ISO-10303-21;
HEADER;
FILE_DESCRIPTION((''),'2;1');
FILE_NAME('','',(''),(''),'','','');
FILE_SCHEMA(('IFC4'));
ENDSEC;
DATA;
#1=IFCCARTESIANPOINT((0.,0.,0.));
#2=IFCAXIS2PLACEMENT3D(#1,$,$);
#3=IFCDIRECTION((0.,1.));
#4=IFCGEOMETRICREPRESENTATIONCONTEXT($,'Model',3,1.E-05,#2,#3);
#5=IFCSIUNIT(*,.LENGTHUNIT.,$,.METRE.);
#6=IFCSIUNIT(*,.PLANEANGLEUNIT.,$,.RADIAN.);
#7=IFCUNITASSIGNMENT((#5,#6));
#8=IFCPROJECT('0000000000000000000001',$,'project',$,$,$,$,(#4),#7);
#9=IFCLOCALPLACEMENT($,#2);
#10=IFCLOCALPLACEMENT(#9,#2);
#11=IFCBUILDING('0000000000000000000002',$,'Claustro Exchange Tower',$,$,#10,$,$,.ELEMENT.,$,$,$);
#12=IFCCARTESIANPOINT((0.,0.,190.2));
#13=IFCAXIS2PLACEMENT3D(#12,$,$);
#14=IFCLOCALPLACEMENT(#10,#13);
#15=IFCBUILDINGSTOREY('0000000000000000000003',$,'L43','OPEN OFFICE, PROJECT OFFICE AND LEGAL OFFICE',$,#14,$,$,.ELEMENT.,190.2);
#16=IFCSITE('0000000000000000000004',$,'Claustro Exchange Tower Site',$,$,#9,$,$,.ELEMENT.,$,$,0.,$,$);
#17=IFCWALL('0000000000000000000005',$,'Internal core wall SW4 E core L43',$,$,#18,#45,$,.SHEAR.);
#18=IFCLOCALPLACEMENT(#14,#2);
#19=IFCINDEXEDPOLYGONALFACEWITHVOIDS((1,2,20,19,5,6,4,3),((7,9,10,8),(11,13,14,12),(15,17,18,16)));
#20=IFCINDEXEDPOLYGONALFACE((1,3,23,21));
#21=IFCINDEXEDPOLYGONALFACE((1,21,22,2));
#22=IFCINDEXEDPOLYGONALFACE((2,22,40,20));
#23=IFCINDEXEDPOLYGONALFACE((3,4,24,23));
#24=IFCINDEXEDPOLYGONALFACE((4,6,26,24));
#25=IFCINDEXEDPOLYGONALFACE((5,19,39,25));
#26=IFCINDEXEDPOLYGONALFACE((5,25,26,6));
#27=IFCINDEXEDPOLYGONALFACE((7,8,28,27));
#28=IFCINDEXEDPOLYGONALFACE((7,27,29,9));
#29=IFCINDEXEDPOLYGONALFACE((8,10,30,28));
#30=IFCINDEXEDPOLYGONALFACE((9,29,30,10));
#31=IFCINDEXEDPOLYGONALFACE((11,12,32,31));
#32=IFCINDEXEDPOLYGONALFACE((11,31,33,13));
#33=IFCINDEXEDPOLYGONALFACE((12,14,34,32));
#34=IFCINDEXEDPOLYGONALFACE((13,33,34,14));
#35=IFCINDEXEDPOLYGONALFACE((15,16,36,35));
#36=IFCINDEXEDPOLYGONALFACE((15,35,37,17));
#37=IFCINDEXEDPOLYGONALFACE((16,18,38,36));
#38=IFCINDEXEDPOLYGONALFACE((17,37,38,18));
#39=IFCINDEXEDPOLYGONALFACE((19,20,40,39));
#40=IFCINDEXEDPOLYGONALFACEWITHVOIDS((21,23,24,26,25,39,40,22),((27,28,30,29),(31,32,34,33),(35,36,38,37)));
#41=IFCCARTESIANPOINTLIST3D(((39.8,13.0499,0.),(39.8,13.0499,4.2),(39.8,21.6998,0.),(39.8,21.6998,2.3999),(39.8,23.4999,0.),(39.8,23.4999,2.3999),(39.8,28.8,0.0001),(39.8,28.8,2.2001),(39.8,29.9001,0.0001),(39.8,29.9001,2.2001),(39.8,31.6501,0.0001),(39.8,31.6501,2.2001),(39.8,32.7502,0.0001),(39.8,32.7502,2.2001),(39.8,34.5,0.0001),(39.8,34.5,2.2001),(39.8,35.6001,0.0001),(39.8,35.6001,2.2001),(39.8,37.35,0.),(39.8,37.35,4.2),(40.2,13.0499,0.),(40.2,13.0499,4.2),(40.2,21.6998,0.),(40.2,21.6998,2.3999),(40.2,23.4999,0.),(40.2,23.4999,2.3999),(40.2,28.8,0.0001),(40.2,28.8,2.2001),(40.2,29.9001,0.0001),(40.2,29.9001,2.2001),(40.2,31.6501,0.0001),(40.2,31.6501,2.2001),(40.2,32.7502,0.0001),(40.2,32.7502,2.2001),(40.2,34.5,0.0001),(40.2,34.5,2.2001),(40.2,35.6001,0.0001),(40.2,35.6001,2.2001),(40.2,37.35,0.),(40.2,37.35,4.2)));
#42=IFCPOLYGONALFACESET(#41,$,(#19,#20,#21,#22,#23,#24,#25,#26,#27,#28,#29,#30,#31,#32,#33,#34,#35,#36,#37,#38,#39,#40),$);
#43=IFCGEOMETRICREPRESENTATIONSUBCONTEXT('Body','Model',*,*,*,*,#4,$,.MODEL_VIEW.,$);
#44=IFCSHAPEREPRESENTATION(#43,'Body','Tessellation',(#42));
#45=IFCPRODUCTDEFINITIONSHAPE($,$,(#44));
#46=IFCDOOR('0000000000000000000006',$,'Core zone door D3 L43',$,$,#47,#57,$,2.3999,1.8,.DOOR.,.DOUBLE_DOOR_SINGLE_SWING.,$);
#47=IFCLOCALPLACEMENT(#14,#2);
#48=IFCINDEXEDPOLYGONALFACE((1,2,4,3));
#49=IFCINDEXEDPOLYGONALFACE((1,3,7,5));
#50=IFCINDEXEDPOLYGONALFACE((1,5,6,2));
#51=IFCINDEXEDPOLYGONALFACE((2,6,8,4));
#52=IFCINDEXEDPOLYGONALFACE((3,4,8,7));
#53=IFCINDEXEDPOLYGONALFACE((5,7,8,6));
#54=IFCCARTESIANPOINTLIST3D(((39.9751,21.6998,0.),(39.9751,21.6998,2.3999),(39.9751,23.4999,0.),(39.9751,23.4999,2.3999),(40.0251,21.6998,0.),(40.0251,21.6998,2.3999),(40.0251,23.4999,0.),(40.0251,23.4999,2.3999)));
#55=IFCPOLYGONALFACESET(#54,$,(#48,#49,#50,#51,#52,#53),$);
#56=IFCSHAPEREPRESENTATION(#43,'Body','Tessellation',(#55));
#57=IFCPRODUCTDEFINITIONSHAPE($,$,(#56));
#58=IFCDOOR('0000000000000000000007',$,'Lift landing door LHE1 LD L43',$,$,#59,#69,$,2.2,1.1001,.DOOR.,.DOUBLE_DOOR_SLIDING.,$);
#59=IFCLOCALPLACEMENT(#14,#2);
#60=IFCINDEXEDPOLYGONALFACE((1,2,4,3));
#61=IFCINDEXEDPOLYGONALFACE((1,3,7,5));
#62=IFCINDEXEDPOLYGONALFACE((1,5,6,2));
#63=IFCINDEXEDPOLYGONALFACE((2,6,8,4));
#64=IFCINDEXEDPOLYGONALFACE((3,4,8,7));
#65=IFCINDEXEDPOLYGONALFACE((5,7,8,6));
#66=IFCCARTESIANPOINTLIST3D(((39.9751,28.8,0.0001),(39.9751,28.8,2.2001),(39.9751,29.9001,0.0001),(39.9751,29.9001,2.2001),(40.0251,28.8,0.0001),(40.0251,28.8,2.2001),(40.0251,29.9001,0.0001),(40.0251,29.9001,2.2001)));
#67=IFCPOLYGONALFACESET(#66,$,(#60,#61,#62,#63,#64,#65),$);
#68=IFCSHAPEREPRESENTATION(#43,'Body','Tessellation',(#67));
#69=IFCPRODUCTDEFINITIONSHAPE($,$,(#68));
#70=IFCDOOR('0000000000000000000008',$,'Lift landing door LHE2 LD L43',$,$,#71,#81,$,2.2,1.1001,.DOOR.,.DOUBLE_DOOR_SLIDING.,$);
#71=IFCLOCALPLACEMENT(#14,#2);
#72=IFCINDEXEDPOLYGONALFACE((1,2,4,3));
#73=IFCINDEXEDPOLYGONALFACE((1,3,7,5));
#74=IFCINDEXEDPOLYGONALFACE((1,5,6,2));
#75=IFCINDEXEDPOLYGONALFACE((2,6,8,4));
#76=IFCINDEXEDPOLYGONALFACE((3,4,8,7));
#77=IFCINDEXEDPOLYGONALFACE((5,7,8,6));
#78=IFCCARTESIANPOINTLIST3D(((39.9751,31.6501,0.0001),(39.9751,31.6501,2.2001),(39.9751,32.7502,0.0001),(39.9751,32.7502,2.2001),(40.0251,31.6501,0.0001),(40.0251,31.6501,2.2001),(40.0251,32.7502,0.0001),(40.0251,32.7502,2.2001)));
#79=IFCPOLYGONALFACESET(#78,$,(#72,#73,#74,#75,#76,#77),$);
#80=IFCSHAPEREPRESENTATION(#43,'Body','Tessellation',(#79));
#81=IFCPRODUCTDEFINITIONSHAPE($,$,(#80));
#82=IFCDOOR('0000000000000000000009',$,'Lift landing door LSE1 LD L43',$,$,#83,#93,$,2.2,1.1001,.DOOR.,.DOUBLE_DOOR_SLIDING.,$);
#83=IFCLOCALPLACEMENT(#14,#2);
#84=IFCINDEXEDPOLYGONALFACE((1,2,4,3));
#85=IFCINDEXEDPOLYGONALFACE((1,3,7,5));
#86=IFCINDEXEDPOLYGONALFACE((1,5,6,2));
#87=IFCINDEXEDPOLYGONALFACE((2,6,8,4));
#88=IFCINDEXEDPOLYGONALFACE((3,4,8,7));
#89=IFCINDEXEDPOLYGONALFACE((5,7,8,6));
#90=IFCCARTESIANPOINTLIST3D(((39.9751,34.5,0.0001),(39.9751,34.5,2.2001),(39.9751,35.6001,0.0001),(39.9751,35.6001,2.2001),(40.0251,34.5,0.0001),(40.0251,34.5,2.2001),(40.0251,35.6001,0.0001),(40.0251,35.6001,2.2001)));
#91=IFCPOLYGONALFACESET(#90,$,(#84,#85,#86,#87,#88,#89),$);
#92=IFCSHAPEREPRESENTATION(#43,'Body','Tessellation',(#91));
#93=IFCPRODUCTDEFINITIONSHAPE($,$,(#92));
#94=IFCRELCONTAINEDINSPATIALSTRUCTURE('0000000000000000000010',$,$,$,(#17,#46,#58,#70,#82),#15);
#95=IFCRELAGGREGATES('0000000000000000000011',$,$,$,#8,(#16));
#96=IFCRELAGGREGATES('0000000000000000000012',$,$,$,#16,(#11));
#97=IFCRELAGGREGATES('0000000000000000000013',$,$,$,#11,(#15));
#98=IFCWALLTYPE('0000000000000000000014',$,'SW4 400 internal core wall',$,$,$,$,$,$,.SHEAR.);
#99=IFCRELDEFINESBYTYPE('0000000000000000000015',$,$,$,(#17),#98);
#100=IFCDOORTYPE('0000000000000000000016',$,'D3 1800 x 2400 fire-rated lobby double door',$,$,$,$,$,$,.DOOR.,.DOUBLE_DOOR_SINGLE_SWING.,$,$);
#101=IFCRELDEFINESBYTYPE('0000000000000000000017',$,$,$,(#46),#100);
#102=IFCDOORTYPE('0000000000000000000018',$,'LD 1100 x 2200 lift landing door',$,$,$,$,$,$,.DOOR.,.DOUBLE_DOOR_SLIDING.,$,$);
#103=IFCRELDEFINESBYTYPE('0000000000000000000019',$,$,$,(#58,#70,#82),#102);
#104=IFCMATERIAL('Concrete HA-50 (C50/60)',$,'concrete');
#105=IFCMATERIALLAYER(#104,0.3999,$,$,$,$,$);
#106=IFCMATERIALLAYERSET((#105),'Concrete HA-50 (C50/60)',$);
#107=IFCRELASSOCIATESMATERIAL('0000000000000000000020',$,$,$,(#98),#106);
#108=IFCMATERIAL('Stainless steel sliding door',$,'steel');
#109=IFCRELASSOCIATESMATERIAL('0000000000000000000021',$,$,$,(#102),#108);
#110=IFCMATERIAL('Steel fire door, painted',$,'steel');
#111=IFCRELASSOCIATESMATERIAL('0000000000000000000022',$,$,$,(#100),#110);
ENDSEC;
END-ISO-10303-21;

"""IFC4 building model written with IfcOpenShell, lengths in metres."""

from ifc_helpers import new_model, si_unit, direction, frame, frame_2d, origin, place, context, subcontext, project, spatial, rectangle, extrude, material, layer, layer_set, type_object, element, fill, save


model = new_model("IFC4")

# Units and contexts
model_context = context("Model", 3, precision=1e-05, world=origin(), true_north=direction((0.0, 1.0)))
body_context = subcontext(model_context, "Body", "Model", "MODEL_VIEW")
ifc_project = project(units=[si_unit("LENGTHUNIT", "METRE"), si_unit("PLANEANGLEUNIT", "RADIAN")], contexts=[model_context])

# Site, building, storey
site_placement = place(None, origin())
site = spatial("IfcSite", under=ifc_project, at=site_placement, Name="Claustro Exchange Tower Site", CompositionType="ELEMENT", RefElevation=0.0)
building_placement = place(site_placement, origin())
building = spatial("IfcBuilding", under=site, at=building_placement, Name="Claustro Exchange Tower", CompositionType="ELEMENT")
storey_placement = place(building_placement, frame((0.0, 0.0, 190.2)))
storey = spatial("IfcBuildingStorey", under=building, at=storey_placement, Name="L43", Description="OPEN OFFICE, PROJECT OFFICE AND LEGAL OFFICE", CompositionType="ELEMENT", Elevation=190.2)

# Wall, openings, doors
ifc_material_1 = material(Name="Concrete HA-50 (C50/60)", Category="concrete")
ifc_layer_1 = layer(ifc_material_1, 0.3999)
ifc_layer_set_1 = layer_set([ifc_layer_1], Name="Concrete HA-50 (C50/60)")
wall_type_1 = type_object("IfcWallType", Name="SW4 400 internal core wall", PredefinedType="SHEAR", material=ifc_layer_set_1)
ifc_material_2 = material(Name="Stainless steel sliding door", Category="steel")
door_type_1 = type_object("IfcDoorType", Name="LD 1100 x 2200 lift landing door", OperationType="DOUBLE_DOOR_SLIDING", PredefinedType="DOOR", material=ifc_material_2)
wall_1_placement = place(storey_placement, frame((40.0, 13.05, 0.0), z_axis=(0.0, 0.0, 1.0), x_axis=(0.0, 1.0, 0.0)))
wall_1 = element("IfcWall", 1, at=wall_1_placement, inside=storey, type_object=wall_type_1, Name="Internal core wall SW4 E core L43", PredefinedType="SHEAR", context=body_context, shape_type="SweptSolid", body=[
    extrude(rectangle(XDim=24.3, YDim=0.3999, at=frame_2d((12.1499, 0.0))), origin(), (0.0, 0.0, 1.0), 4.2),
])
opening_1_placement = place(wall_1_placement, frame((15.75, 0.0, 0.0)))
opening_1 = element("IfcOpeningElement", 2, at=opening_1_placement, cuts=wall_1, PredefinedType="OPENING", context=body_context, shape_type="SweptSolid", body=[
    extrude(rectangle(XDim=1.1001, YDim=2.2, at=frame_2d((0.55, 1.1001))), frame((0.0, 0.21, 0.0), z_axis=(0.0, -1.0, 0.0), x_axis=(1.0, 0.0, 0.0)), (0.0, 0.0, 1.0), 0.4199),
])
opening_2_placement = place(wall_1_placement, frame((18.6001, 0.0, 0.0)))
opening_2 = element("IfcOpeningElement", 3, at=opening_2_placement, cuts=wall_1, PredefinedType="OPENING", context=body_context, shape_type="SweptSolid", body=[
    extrude(rectangle(XDim=1.1001, YDim=2.2, at=frame_2d((0.55, 1.1001))), frame((0.0, 0.21, 0.0), z_axis=(0.0, -1.0, 0.0), x_axis=(1.0, 0.0, 0.0)), (0.0, 0.0, 1.0), 0.4199),
])
opening_3_placement = place(wall_1_placement, frame((21.45, 0.0, 0.0)))
opening_3 = element("IfcOpeningElement", 4, at=opening_3_placement, cuts=wall_1, PredefinedType="OPENING", context=body_context, shape_type="SweptSolid", body=[
    extrude(rectangle(XDim=1.1001, YDim=2.2, at=frame_2d((0.55, 1.1001))), frame((0.0, 0.21, 0.0), z_axis=(0.0, -1.0, 0.0), x_axis=(1.0, 0.0, 0.0)), (0.0, 0.0, 1.0), 0.4199),
])
opening_4_placement = place(wall_1_placement, frame((8.6499, 0.0, 0.0)))
opening_4 = element("IfcOpeningElement", 5, at=opening_4_placement, cuts=wall_1, PredefinedType="OPENING", context=body_context, shape_type="SweptSolid", body=[
    extrude(rectangle(XDim=1.8, YDim=2.3999, at=frame_2d((0.8999, 1.2))), frame((0.0, 0.21, 0.0), z_axis=(0.0, -1.0, 0.0), x_axis=(1.0, 0.0, 0.0)), (0.0, 0.0, 1.0), 0.4199),
])
ifc_material_3 = material(Name="Steel fire door, painted", Category="steel")
door_type_2 = type_object("IfcDoorType", Name="D3 1800 x 2400 fire-rated lobby double door", OperationType="DOUBLE_DOOR_SINGLE_SWING", PredefinedType="DOOR", material=ifc_material_3)
door_1_placement = place(opening_4_placement, origin())
door_1 = element("IfcDoor", 6, at=door_1_placement, inside=storey, type_object=door_type_2, Name="Core zone door D3 L43", OperationType="DOUBLE_DOOR_SINGLE_SWING", OverallHeight=2.3999, OverallWidth=1.8, PredefinedType="DOOR", context=body_context, shape_type="SweptSolid", body=[
    extrude(rectangle(XDim=1.8, YDim=2.3999, at=frame_2d((0.8999, 1.2))), frame((0.0, 0.0249, 0.0), z_axis=(0.0, -1.0, 0.0), x_axis=(1.0, 0.0, 0.0)), (0.0, 0.0, 1.0), 0.05),
])
fill(opening_4, door_1)
door_2_placement = place(opening_1_placement, origin())
door_2 = element("IfcDoor", 7, at=door_2_placement, inside=storey, type_object=door_type_1, Name="Lift landing door LHE1 LD L43", OperationType="DOUBLE_DOOR_SLIDING", OverallHeight=2.2, OverallWidth=1.1001, PredefinedType="DOOR", context=body_context, shape_type="SweptSolid", body=[
    extrude(rectangle(XDim=1.1001, YDim=2.2, at=frame_2d((0.55, 1.1001))), frame((0.0, 0.0249, 0.0), z_axis=(0.0, -1.0, 0.0), x_axis=(1.0, 0.0, 0.0)), (0.0, 0.0, 1.0), 0.05),
])
fill(opening_1, door_2)
door_3_placement = place(opening_2_placement, origin())
door_3 = element("IfcDoor", 8, at=door_3_placement, inside=storey, type_object=door_type_1, Name="Lift landing door LHE2 LD L43", OperationType="DOUBLE_DOOR_SLIDING", OverallHeight=2.2, OverallWidth=1.1001, PredefinedType="DOOR", context=body_context, shape_type="SweptSolid", body=[
    extrude(rectangle(XDim=1.1001, YDim=2.2, at=frame_2d((0.55, 1.1001))), frame((0.0, 0.0249, 0.0), z_axis=(0.0, -1.0, 0.0), x_axis=(1.0, 0.0, 0.0)), (0.0, 0.0, 1.0), 0.05),
])
fill(opening_2, door_3)
door_4_placement = place(opening_3_placement, origin())
door_4 = element("IfcDoor", 9, at=door_4_placement, inside=storey, type_object=door_type_1, Name="Lift landing door LSE1 LD L43", OperationType="DOUBLE_DOOR_SLIDING", OverallHeight=2.2, OverallWidth=1.1001, PredefinedType="DOOR", context=body_context, shape_type="SweptSolid", body=[
    extrude(rectangle(XDim=1.1001, YDim=2.2, at=frame_2d((0.55, 1.1001))), frame((0.0, 0.0249, 0.0), z_axis=(0.0, -1.0, 0.0), x_axis=(1.0, 0.0, 0.0)), (0.0, 0.0, 1.0), 0.05),
])
fill(opening_3, door_4)

save(model, "model.ifc")
